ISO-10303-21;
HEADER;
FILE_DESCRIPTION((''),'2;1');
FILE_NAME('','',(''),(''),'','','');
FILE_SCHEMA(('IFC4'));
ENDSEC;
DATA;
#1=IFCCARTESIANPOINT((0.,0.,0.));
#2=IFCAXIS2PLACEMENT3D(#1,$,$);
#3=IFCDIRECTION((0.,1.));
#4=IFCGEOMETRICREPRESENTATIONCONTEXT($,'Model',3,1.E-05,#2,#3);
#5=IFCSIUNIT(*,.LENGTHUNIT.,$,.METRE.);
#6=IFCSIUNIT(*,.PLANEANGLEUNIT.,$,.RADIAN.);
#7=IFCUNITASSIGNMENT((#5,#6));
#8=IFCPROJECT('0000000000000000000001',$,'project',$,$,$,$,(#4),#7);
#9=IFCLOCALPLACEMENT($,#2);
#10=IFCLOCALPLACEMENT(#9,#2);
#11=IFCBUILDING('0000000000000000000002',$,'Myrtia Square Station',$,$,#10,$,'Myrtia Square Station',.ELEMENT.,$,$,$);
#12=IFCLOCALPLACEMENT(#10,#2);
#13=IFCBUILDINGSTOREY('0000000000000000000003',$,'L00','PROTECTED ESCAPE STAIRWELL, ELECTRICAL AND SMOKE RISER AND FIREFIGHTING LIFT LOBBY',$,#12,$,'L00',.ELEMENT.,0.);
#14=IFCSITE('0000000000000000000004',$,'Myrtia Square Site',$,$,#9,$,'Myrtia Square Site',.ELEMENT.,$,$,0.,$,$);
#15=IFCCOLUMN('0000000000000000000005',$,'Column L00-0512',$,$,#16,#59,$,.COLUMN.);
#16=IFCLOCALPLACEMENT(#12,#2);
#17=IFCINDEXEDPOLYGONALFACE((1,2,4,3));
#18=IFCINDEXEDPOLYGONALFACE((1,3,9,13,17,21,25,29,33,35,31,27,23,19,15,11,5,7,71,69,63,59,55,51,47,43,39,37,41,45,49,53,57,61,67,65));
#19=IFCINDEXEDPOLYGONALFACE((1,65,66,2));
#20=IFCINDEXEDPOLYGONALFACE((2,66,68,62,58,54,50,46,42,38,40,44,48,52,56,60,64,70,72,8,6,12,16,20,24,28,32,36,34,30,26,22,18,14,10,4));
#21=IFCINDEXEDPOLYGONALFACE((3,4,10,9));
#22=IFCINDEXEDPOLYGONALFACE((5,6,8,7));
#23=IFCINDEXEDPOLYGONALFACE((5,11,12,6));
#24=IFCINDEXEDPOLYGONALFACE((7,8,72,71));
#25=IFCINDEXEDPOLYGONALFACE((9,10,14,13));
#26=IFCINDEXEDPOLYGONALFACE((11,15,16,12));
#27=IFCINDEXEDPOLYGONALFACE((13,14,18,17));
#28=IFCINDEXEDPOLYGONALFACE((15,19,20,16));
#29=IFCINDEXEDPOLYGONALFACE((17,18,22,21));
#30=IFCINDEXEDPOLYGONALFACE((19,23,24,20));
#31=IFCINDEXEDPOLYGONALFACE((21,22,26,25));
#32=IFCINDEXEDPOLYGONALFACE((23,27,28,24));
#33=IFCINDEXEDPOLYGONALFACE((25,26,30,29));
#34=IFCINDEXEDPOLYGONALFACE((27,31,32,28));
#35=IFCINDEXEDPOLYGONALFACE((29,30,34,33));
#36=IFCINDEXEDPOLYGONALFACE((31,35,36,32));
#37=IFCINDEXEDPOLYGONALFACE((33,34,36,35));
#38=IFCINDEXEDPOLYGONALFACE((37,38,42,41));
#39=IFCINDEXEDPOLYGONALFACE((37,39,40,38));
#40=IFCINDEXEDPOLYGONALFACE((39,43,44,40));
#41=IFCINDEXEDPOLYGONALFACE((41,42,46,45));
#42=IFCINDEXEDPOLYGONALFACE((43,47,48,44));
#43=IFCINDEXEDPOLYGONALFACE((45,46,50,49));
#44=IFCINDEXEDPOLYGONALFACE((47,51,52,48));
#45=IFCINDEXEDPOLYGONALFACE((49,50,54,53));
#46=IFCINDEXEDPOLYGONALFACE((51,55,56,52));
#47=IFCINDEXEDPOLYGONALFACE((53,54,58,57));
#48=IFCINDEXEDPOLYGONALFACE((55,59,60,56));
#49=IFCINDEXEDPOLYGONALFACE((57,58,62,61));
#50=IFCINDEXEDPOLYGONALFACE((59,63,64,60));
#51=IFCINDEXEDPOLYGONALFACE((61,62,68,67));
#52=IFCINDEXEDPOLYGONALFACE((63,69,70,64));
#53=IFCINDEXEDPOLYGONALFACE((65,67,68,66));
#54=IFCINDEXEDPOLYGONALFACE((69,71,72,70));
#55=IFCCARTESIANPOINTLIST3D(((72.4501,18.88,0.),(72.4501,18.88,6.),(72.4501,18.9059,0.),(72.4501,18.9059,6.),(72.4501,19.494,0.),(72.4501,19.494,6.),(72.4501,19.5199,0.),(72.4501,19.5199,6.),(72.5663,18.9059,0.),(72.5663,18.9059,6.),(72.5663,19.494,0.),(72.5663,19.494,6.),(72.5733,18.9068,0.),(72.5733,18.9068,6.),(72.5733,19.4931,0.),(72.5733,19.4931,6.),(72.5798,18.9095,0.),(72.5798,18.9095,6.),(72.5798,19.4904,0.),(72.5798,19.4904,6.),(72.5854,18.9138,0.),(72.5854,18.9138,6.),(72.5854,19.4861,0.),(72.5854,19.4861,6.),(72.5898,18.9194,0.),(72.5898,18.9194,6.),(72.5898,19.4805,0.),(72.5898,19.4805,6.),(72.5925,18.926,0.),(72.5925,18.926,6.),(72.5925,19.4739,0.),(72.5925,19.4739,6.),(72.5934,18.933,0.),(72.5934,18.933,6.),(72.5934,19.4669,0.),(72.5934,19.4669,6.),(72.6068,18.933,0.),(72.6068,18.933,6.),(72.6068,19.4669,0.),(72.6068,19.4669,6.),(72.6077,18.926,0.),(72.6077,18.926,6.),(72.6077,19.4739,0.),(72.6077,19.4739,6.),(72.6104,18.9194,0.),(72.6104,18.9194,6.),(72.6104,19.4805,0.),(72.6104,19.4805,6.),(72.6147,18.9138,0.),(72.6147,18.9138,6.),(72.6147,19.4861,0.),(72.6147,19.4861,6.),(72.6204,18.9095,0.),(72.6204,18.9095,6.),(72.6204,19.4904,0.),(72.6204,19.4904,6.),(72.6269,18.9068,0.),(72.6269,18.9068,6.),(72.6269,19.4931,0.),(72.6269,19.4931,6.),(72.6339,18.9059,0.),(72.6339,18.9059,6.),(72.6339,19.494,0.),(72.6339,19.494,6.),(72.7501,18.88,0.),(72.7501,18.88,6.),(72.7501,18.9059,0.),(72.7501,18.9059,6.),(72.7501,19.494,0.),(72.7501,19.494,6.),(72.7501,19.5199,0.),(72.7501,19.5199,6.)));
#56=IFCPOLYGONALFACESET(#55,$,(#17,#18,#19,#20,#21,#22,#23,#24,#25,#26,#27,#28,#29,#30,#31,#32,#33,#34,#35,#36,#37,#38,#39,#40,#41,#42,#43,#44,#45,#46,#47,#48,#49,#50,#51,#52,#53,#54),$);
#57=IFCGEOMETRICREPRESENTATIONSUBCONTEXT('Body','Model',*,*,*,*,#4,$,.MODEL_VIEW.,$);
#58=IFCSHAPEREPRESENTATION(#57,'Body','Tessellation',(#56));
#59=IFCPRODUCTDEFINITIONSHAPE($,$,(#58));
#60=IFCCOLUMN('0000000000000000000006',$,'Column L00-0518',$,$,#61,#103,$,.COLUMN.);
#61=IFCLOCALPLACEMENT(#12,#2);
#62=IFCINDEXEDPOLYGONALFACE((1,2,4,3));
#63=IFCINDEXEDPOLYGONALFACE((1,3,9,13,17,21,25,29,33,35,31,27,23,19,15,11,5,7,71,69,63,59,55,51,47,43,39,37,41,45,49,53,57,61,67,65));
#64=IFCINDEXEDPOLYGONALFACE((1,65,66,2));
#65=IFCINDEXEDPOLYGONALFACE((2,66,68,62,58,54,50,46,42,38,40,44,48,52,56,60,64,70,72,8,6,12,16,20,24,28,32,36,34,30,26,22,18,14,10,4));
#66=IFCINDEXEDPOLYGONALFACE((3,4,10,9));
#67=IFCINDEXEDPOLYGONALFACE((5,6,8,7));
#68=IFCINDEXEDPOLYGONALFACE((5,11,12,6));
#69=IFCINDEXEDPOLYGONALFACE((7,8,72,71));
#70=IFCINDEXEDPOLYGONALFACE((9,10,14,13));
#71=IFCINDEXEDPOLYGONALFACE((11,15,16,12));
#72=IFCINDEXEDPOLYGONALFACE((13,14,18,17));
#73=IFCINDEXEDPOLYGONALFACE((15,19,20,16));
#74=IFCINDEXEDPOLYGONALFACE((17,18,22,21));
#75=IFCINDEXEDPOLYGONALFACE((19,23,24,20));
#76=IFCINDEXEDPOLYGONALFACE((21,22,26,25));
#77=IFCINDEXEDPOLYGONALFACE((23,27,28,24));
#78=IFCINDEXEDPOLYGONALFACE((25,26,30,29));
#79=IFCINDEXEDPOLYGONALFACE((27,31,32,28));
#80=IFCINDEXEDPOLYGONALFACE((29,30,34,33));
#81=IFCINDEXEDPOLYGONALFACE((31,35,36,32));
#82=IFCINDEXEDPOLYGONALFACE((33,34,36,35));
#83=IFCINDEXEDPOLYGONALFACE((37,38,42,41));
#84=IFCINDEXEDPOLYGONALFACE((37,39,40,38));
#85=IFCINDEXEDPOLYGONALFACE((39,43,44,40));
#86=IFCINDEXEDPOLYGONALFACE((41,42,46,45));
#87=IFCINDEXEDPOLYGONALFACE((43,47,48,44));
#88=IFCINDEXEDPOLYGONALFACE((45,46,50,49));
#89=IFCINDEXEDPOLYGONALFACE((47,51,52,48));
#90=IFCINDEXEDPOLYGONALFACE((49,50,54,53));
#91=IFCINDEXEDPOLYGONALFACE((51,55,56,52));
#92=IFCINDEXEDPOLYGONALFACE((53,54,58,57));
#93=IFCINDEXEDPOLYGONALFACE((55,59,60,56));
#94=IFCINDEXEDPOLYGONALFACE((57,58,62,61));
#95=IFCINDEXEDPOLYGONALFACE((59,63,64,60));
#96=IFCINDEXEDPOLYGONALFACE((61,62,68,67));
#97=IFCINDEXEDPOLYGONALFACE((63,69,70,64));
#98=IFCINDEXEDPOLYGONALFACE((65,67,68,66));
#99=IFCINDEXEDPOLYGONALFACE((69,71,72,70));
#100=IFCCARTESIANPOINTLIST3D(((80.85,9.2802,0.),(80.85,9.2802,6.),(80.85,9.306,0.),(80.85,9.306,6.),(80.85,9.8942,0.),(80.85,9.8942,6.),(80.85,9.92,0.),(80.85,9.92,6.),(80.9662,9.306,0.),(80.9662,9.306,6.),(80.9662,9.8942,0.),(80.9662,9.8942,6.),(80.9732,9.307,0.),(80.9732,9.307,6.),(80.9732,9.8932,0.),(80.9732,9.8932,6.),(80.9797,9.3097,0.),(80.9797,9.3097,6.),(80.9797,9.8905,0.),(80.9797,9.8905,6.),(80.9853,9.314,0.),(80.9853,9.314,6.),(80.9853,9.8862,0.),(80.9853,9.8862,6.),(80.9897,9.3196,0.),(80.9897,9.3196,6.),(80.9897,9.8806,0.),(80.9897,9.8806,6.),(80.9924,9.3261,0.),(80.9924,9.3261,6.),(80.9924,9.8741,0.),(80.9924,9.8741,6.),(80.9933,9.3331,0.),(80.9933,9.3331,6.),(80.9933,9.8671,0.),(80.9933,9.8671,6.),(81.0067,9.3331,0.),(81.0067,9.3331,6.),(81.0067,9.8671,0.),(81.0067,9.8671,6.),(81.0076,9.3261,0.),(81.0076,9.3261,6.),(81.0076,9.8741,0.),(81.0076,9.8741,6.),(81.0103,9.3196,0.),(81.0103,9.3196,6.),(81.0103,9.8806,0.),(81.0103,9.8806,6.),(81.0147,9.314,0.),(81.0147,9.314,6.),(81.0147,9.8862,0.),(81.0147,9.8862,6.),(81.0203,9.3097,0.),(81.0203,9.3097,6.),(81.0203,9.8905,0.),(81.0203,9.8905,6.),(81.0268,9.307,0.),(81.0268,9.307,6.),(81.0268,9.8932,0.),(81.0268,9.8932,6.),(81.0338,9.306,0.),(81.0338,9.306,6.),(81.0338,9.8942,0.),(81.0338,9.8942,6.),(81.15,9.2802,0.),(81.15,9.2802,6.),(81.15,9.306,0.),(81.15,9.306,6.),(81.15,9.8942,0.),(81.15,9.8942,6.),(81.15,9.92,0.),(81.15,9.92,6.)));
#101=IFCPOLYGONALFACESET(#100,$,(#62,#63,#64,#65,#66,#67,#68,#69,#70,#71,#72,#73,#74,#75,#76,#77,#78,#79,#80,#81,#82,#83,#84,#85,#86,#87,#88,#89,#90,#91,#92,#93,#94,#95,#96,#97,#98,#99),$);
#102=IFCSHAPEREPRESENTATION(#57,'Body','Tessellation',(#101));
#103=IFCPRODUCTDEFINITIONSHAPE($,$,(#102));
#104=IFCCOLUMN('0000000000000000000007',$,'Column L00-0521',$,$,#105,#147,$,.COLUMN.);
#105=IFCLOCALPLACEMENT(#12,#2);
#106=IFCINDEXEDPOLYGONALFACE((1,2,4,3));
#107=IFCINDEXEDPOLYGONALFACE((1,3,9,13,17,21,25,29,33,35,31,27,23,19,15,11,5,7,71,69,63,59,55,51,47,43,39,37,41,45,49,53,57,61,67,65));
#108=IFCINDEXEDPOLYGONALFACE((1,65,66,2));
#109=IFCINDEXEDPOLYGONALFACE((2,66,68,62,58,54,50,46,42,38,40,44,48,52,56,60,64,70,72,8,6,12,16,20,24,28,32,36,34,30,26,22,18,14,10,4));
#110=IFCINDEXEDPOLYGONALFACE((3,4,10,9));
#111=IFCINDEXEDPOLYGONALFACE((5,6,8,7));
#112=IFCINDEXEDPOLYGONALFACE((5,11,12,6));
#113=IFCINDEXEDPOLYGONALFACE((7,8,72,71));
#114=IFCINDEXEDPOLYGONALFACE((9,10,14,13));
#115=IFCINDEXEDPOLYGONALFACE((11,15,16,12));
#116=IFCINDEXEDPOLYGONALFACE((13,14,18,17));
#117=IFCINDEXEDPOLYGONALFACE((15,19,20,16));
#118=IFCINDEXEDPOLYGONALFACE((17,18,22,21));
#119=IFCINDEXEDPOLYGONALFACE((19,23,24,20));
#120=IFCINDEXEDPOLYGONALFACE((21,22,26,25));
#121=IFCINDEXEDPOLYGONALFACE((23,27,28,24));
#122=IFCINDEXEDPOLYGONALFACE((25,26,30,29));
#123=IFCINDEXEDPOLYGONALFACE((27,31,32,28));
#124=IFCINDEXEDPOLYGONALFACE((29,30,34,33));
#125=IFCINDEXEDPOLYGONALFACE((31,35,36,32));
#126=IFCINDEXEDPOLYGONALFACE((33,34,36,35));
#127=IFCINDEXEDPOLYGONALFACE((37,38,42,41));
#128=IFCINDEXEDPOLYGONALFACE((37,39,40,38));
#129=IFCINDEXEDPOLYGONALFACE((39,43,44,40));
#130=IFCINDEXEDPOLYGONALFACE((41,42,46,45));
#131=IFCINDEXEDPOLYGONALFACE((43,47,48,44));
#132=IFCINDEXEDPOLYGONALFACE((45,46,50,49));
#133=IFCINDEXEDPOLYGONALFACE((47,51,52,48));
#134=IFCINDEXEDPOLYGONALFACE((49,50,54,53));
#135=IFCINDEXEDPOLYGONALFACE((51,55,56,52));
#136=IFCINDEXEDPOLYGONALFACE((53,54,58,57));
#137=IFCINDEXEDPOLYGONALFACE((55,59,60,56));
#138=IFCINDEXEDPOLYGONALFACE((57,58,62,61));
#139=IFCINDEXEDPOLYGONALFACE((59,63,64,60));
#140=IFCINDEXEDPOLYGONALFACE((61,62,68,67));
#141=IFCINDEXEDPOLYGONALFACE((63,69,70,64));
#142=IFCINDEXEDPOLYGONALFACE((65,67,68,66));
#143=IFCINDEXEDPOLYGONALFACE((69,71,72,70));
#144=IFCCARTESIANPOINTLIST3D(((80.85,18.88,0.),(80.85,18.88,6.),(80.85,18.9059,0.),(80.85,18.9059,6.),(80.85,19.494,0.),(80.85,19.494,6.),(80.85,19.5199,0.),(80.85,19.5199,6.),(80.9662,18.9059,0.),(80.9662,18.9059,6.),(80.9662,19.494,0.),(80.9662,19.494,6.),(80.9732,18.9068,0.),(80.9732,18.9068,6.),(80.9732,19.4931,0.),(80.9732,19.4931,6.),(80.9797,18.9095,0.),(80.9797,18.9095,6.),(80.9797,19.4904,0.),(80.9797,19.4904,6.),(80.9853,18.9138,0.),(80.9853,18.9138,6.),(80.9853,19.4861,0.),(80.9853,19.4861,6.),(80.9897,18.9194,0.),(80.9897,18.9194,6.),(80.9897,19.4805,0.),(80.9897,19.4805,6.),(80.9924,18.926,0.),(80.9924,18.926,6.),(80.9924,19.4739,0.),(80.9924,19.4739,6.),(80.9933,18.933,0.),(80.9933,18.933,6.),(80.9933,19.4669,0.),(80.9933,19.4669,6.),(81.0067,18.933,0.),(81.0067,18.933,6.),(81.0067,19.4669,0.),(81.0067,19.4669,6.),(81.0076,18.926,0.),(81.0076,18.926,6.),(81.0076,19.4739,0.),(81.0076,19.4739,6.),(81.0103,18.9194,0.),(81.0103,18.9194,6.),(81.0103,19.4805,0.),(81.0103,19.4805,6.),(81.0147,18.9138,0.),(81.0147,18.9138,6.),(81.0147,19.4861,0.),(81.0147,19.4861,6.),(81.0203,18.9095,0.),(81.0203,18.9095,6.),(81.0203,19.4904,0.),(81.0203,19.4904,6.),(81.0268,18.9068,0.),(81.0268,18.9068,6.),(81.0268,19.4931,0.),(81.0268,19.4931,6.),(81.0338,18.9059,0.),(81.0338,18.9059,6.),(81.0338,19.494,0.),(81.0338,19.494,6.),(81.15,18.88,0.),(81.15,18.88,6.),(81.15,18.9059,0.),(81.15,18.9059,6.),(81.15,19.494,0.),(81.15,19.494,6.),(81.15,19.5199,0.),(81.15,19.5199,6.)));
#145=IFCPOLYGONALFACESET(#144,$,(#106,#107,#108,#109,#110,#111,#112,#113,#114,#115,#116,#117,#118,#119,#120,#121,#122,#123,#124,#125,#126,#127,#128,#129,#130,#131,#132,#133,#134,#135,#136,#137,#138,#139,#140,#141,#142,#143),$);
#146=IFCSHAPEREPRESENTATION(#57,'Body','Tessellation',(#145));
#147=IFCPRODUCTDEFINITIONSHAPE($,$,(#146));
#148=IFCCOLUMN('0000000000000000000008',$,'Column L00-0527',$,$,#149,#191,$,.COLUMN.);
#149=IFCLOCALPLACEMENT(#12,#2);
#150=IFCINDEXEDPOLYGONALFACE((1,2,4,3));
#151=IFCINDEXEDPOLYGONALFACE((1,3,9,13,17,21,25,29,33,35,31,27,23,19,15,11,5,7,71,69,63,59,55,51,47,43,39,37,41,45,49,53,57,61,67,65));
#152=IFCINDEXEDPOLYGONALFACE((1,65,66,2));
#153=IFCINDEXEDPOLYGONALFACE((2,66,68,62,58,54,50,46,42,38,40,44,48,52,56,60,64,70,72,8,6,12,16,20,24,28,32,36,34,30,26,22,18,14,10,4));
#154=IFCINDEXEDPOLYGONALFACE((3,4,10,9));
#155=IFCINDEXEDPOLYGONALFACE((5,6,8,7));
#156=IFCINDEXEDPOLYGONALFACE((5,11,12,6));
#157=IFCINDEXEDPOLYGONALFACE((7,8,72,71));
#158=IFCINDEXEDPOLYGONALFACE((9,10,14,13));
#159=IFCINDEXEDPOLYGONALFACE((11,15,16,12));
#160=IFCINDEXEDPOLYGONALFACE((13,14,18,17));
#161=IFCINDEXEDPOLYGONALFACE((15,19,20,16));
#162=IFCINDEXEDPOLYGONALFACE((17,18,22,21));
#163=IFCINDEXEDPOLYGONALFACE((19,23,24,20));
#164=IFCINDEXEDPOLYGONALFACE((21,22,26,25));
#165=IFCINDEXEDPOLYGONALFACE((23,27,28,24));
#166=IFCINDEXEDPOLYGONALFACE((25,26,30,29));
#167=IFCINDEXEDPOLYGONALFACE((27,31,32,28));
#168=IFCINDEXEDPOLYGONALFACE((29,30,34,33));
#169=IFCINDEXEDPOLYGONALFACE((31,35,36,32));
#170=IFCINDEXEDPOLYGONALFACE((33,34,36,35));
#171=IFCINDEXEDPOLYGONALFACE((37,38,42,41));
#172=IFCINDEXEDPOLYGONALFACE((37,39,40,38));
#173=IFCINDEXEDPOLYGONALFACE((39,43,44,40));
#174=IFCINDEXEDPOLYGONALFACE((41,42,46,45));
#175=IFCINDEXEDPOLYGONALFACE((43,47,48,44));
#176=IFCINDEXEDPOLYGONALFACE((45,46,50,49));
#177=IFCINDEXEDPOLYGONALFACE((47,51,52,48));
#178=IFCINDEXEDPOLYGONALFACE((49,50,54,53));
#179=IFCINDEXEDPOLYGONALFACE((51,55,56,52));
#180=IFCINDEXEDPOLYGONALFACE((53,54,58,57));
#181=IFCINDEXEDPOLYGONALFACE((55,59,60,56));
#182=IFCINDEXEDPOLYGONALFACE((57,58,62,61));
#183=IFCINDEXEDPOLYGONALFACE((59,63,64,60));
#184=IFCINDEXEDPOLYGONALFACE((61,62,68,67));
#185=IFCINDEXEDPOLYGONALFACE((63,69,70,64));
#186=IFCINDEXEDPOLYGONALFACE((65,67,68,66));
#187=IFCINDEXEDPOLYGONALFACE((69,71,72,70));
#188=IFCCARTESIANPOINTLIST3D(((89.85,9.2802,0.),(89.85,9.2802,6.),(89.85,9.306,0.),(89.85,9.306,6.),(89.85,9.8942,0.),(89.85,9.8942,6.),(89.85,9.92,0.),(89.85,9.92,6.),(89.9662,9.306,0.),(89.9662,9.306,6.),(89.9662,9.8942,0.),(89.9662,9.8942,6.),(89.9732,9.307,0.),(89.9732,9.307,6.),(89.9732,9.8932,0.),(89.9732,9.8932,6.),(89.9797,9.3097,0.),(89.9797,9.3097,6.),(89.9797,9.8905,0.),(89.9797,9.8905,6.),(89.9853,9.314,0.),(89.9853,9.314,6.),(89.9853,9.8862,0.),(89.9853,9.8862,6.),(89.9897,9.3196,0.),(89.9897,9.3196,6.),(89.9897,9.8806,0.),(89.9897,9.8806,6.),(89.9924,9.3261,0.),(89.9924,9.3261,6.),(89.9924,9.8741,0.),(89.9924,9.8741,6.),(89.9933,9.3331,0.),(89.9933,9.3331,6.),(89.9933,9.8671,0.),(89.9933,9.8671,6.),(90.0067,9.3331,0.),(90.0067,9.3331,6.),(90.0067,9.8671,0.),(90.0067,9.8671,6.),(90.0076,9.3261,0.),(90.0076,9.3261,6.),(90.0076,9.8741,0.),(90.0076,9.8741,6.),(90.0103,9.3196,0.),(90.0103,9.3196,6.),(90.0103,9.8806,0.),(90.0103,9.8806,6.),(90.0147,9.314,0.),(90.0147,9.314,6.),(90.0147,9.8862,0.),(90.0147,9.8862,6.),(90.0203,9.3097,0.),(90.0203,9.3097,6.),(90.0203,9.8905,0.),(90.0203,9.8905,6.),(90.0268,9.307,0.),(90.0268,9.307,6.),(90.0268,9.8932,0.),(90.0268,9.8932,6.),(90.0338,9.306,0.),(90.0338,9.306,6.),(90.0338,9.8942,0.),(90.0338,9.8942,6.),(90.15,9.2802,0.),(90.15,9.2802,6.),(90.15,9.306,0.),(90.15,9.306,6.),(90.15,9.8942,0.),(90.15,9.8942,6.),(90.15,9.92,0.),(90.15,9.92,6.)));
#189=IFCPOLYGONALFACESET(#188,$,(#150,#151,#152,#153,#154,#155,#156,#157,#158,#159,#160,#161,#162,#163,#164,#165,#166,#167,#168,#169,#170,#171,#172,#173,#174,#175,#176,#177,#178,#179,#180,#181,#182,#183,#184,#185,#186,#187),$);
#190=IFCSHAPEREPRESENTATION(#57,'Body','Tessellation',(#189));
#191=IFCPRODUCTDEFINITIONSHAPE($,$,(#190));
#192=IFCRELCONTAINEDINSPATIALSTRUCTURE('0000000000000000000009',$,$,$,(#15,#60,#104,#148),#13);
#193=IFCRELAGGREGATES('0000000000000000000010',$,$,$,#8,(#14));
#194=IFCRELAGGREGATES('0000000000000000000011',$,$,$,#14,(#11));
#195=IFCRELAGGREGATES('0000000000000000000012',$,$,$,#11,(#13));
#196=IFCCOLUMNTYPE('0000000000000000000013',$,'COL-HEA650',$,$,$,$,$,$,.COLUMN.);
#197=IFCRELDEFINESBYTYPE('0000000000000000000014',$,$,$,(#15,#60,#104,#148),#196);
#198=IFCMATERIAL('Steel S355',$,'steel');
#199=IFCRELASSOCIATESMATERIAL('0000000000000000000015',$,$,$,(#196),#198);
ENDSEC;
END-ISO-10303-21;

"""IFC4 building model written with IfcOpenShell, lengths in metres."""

from ifc_helpers import new_model, si_unit, direction, frame, origin, origin_2d, place, context, subcontext, project, spatial, i_section, extrude, material, material_profile, profile_set, type_object, element, save


model = new_model("IFC4")

# Units and contexts
model_context = context("Model", 3, precision=1e-05, world=origin(), true_north=direction((0.0, 1.0)))
body_context = subcontext(model_context, "Body", "Model", "MODEL_VIEW")
ifc_project = project(units=[si_unit("LENGTHUNIT", "METRE"), si_unit("PLANEANGLEUNIT", "RADIAN")], contexts=[model_context])

# Site, building, storey
site_placement = place(None, origin())
site = spatial("IfcSite", under=ifc_project, at=site_placement, Name="Myrtia Square Site", LongName="Myrtia Square Site", CompositionType="ELEMENT", RefElevation=0.0)
building_placement = place(site_placement, origin())
building = spatial("IfcBuilding", under=site, at=building_placement, Name="Myrtia Square Station", LongName="Myrtia Square Station", CompositionType="ELEMENT")
storey_placement = place(building_placement, origin())
storey = spatial("IfcBuildingStorey", under=building, at=storey_placement, Name="L00", Description="PROTECTED ESCAPE STAIRWELL, ELECTRICAL AND SMOKE RISER AND FIREFIGHTING LIFT LOBBY", LongName="L00", CompositionType="ELEMENT", Elevation=0.0)

# Columns
ifc_material = material(Name="Steel S355", Category="steel")
ifc_material_profile_1 = material_profile(ifc_material, i_section(OverallWidth=0.3, OverallDepth=0.6399, WebThickness=0.0134, FlangeThickness=0.0259, FilletRadius=0.0271, at=origin_2d()), Name="HEA 650")
ifc_profile_set_1 = profile_set([ifc_material_profile_1], Name="Steel S355")
column_type = type_object("IfcColumnType", Name="COL-HEA650", PredefinedType="COLUMN", material=ifc_profile_set_1)
for number, where, z_axis, x_axis, name in (
    (1, (72.6001, 19.2, 0.0), (0.0, 0.0, 1.0), (1.0, 0.0, 0.0), "Column L00-0512"),
    (2, (81.0, 9.6001, 0.0), (0.0, 0.0, 1.0), (1.0, 0.0, 0.0), "Column L00-0518"),
    (3, (81.0, 19.2, 0.0), (0.0, 0.0, 1.0), (1.0, 0.0, 0.0), "Column L00-0521"),
    (4, (90.0, 9.6001, 0.0), (0.0, 0.0, 1.0), (1.0, 0.0, 0.0), "Column L00-0527"),
):
    element("IfcColumn", number, at=place(storey_placement, frame(where, z_axis=z_axis, x_axis=x_axis)), inside=storey, type_object=column_type, Name=name, PredefinedType="COLUMN", context=body_context, shape_type="SweptSolid", body=[
        extrude(i_section(OverallWidth=0.3, OverallDepth=0.6399, WebThickness=0.0134, FlangeThickness=0.0259, FilletRadius=0.0271, at=origin_2d()), origin(), (0.0, 0.0, 1.0), 6.0),
    ])

save(model, "model.ifc")
